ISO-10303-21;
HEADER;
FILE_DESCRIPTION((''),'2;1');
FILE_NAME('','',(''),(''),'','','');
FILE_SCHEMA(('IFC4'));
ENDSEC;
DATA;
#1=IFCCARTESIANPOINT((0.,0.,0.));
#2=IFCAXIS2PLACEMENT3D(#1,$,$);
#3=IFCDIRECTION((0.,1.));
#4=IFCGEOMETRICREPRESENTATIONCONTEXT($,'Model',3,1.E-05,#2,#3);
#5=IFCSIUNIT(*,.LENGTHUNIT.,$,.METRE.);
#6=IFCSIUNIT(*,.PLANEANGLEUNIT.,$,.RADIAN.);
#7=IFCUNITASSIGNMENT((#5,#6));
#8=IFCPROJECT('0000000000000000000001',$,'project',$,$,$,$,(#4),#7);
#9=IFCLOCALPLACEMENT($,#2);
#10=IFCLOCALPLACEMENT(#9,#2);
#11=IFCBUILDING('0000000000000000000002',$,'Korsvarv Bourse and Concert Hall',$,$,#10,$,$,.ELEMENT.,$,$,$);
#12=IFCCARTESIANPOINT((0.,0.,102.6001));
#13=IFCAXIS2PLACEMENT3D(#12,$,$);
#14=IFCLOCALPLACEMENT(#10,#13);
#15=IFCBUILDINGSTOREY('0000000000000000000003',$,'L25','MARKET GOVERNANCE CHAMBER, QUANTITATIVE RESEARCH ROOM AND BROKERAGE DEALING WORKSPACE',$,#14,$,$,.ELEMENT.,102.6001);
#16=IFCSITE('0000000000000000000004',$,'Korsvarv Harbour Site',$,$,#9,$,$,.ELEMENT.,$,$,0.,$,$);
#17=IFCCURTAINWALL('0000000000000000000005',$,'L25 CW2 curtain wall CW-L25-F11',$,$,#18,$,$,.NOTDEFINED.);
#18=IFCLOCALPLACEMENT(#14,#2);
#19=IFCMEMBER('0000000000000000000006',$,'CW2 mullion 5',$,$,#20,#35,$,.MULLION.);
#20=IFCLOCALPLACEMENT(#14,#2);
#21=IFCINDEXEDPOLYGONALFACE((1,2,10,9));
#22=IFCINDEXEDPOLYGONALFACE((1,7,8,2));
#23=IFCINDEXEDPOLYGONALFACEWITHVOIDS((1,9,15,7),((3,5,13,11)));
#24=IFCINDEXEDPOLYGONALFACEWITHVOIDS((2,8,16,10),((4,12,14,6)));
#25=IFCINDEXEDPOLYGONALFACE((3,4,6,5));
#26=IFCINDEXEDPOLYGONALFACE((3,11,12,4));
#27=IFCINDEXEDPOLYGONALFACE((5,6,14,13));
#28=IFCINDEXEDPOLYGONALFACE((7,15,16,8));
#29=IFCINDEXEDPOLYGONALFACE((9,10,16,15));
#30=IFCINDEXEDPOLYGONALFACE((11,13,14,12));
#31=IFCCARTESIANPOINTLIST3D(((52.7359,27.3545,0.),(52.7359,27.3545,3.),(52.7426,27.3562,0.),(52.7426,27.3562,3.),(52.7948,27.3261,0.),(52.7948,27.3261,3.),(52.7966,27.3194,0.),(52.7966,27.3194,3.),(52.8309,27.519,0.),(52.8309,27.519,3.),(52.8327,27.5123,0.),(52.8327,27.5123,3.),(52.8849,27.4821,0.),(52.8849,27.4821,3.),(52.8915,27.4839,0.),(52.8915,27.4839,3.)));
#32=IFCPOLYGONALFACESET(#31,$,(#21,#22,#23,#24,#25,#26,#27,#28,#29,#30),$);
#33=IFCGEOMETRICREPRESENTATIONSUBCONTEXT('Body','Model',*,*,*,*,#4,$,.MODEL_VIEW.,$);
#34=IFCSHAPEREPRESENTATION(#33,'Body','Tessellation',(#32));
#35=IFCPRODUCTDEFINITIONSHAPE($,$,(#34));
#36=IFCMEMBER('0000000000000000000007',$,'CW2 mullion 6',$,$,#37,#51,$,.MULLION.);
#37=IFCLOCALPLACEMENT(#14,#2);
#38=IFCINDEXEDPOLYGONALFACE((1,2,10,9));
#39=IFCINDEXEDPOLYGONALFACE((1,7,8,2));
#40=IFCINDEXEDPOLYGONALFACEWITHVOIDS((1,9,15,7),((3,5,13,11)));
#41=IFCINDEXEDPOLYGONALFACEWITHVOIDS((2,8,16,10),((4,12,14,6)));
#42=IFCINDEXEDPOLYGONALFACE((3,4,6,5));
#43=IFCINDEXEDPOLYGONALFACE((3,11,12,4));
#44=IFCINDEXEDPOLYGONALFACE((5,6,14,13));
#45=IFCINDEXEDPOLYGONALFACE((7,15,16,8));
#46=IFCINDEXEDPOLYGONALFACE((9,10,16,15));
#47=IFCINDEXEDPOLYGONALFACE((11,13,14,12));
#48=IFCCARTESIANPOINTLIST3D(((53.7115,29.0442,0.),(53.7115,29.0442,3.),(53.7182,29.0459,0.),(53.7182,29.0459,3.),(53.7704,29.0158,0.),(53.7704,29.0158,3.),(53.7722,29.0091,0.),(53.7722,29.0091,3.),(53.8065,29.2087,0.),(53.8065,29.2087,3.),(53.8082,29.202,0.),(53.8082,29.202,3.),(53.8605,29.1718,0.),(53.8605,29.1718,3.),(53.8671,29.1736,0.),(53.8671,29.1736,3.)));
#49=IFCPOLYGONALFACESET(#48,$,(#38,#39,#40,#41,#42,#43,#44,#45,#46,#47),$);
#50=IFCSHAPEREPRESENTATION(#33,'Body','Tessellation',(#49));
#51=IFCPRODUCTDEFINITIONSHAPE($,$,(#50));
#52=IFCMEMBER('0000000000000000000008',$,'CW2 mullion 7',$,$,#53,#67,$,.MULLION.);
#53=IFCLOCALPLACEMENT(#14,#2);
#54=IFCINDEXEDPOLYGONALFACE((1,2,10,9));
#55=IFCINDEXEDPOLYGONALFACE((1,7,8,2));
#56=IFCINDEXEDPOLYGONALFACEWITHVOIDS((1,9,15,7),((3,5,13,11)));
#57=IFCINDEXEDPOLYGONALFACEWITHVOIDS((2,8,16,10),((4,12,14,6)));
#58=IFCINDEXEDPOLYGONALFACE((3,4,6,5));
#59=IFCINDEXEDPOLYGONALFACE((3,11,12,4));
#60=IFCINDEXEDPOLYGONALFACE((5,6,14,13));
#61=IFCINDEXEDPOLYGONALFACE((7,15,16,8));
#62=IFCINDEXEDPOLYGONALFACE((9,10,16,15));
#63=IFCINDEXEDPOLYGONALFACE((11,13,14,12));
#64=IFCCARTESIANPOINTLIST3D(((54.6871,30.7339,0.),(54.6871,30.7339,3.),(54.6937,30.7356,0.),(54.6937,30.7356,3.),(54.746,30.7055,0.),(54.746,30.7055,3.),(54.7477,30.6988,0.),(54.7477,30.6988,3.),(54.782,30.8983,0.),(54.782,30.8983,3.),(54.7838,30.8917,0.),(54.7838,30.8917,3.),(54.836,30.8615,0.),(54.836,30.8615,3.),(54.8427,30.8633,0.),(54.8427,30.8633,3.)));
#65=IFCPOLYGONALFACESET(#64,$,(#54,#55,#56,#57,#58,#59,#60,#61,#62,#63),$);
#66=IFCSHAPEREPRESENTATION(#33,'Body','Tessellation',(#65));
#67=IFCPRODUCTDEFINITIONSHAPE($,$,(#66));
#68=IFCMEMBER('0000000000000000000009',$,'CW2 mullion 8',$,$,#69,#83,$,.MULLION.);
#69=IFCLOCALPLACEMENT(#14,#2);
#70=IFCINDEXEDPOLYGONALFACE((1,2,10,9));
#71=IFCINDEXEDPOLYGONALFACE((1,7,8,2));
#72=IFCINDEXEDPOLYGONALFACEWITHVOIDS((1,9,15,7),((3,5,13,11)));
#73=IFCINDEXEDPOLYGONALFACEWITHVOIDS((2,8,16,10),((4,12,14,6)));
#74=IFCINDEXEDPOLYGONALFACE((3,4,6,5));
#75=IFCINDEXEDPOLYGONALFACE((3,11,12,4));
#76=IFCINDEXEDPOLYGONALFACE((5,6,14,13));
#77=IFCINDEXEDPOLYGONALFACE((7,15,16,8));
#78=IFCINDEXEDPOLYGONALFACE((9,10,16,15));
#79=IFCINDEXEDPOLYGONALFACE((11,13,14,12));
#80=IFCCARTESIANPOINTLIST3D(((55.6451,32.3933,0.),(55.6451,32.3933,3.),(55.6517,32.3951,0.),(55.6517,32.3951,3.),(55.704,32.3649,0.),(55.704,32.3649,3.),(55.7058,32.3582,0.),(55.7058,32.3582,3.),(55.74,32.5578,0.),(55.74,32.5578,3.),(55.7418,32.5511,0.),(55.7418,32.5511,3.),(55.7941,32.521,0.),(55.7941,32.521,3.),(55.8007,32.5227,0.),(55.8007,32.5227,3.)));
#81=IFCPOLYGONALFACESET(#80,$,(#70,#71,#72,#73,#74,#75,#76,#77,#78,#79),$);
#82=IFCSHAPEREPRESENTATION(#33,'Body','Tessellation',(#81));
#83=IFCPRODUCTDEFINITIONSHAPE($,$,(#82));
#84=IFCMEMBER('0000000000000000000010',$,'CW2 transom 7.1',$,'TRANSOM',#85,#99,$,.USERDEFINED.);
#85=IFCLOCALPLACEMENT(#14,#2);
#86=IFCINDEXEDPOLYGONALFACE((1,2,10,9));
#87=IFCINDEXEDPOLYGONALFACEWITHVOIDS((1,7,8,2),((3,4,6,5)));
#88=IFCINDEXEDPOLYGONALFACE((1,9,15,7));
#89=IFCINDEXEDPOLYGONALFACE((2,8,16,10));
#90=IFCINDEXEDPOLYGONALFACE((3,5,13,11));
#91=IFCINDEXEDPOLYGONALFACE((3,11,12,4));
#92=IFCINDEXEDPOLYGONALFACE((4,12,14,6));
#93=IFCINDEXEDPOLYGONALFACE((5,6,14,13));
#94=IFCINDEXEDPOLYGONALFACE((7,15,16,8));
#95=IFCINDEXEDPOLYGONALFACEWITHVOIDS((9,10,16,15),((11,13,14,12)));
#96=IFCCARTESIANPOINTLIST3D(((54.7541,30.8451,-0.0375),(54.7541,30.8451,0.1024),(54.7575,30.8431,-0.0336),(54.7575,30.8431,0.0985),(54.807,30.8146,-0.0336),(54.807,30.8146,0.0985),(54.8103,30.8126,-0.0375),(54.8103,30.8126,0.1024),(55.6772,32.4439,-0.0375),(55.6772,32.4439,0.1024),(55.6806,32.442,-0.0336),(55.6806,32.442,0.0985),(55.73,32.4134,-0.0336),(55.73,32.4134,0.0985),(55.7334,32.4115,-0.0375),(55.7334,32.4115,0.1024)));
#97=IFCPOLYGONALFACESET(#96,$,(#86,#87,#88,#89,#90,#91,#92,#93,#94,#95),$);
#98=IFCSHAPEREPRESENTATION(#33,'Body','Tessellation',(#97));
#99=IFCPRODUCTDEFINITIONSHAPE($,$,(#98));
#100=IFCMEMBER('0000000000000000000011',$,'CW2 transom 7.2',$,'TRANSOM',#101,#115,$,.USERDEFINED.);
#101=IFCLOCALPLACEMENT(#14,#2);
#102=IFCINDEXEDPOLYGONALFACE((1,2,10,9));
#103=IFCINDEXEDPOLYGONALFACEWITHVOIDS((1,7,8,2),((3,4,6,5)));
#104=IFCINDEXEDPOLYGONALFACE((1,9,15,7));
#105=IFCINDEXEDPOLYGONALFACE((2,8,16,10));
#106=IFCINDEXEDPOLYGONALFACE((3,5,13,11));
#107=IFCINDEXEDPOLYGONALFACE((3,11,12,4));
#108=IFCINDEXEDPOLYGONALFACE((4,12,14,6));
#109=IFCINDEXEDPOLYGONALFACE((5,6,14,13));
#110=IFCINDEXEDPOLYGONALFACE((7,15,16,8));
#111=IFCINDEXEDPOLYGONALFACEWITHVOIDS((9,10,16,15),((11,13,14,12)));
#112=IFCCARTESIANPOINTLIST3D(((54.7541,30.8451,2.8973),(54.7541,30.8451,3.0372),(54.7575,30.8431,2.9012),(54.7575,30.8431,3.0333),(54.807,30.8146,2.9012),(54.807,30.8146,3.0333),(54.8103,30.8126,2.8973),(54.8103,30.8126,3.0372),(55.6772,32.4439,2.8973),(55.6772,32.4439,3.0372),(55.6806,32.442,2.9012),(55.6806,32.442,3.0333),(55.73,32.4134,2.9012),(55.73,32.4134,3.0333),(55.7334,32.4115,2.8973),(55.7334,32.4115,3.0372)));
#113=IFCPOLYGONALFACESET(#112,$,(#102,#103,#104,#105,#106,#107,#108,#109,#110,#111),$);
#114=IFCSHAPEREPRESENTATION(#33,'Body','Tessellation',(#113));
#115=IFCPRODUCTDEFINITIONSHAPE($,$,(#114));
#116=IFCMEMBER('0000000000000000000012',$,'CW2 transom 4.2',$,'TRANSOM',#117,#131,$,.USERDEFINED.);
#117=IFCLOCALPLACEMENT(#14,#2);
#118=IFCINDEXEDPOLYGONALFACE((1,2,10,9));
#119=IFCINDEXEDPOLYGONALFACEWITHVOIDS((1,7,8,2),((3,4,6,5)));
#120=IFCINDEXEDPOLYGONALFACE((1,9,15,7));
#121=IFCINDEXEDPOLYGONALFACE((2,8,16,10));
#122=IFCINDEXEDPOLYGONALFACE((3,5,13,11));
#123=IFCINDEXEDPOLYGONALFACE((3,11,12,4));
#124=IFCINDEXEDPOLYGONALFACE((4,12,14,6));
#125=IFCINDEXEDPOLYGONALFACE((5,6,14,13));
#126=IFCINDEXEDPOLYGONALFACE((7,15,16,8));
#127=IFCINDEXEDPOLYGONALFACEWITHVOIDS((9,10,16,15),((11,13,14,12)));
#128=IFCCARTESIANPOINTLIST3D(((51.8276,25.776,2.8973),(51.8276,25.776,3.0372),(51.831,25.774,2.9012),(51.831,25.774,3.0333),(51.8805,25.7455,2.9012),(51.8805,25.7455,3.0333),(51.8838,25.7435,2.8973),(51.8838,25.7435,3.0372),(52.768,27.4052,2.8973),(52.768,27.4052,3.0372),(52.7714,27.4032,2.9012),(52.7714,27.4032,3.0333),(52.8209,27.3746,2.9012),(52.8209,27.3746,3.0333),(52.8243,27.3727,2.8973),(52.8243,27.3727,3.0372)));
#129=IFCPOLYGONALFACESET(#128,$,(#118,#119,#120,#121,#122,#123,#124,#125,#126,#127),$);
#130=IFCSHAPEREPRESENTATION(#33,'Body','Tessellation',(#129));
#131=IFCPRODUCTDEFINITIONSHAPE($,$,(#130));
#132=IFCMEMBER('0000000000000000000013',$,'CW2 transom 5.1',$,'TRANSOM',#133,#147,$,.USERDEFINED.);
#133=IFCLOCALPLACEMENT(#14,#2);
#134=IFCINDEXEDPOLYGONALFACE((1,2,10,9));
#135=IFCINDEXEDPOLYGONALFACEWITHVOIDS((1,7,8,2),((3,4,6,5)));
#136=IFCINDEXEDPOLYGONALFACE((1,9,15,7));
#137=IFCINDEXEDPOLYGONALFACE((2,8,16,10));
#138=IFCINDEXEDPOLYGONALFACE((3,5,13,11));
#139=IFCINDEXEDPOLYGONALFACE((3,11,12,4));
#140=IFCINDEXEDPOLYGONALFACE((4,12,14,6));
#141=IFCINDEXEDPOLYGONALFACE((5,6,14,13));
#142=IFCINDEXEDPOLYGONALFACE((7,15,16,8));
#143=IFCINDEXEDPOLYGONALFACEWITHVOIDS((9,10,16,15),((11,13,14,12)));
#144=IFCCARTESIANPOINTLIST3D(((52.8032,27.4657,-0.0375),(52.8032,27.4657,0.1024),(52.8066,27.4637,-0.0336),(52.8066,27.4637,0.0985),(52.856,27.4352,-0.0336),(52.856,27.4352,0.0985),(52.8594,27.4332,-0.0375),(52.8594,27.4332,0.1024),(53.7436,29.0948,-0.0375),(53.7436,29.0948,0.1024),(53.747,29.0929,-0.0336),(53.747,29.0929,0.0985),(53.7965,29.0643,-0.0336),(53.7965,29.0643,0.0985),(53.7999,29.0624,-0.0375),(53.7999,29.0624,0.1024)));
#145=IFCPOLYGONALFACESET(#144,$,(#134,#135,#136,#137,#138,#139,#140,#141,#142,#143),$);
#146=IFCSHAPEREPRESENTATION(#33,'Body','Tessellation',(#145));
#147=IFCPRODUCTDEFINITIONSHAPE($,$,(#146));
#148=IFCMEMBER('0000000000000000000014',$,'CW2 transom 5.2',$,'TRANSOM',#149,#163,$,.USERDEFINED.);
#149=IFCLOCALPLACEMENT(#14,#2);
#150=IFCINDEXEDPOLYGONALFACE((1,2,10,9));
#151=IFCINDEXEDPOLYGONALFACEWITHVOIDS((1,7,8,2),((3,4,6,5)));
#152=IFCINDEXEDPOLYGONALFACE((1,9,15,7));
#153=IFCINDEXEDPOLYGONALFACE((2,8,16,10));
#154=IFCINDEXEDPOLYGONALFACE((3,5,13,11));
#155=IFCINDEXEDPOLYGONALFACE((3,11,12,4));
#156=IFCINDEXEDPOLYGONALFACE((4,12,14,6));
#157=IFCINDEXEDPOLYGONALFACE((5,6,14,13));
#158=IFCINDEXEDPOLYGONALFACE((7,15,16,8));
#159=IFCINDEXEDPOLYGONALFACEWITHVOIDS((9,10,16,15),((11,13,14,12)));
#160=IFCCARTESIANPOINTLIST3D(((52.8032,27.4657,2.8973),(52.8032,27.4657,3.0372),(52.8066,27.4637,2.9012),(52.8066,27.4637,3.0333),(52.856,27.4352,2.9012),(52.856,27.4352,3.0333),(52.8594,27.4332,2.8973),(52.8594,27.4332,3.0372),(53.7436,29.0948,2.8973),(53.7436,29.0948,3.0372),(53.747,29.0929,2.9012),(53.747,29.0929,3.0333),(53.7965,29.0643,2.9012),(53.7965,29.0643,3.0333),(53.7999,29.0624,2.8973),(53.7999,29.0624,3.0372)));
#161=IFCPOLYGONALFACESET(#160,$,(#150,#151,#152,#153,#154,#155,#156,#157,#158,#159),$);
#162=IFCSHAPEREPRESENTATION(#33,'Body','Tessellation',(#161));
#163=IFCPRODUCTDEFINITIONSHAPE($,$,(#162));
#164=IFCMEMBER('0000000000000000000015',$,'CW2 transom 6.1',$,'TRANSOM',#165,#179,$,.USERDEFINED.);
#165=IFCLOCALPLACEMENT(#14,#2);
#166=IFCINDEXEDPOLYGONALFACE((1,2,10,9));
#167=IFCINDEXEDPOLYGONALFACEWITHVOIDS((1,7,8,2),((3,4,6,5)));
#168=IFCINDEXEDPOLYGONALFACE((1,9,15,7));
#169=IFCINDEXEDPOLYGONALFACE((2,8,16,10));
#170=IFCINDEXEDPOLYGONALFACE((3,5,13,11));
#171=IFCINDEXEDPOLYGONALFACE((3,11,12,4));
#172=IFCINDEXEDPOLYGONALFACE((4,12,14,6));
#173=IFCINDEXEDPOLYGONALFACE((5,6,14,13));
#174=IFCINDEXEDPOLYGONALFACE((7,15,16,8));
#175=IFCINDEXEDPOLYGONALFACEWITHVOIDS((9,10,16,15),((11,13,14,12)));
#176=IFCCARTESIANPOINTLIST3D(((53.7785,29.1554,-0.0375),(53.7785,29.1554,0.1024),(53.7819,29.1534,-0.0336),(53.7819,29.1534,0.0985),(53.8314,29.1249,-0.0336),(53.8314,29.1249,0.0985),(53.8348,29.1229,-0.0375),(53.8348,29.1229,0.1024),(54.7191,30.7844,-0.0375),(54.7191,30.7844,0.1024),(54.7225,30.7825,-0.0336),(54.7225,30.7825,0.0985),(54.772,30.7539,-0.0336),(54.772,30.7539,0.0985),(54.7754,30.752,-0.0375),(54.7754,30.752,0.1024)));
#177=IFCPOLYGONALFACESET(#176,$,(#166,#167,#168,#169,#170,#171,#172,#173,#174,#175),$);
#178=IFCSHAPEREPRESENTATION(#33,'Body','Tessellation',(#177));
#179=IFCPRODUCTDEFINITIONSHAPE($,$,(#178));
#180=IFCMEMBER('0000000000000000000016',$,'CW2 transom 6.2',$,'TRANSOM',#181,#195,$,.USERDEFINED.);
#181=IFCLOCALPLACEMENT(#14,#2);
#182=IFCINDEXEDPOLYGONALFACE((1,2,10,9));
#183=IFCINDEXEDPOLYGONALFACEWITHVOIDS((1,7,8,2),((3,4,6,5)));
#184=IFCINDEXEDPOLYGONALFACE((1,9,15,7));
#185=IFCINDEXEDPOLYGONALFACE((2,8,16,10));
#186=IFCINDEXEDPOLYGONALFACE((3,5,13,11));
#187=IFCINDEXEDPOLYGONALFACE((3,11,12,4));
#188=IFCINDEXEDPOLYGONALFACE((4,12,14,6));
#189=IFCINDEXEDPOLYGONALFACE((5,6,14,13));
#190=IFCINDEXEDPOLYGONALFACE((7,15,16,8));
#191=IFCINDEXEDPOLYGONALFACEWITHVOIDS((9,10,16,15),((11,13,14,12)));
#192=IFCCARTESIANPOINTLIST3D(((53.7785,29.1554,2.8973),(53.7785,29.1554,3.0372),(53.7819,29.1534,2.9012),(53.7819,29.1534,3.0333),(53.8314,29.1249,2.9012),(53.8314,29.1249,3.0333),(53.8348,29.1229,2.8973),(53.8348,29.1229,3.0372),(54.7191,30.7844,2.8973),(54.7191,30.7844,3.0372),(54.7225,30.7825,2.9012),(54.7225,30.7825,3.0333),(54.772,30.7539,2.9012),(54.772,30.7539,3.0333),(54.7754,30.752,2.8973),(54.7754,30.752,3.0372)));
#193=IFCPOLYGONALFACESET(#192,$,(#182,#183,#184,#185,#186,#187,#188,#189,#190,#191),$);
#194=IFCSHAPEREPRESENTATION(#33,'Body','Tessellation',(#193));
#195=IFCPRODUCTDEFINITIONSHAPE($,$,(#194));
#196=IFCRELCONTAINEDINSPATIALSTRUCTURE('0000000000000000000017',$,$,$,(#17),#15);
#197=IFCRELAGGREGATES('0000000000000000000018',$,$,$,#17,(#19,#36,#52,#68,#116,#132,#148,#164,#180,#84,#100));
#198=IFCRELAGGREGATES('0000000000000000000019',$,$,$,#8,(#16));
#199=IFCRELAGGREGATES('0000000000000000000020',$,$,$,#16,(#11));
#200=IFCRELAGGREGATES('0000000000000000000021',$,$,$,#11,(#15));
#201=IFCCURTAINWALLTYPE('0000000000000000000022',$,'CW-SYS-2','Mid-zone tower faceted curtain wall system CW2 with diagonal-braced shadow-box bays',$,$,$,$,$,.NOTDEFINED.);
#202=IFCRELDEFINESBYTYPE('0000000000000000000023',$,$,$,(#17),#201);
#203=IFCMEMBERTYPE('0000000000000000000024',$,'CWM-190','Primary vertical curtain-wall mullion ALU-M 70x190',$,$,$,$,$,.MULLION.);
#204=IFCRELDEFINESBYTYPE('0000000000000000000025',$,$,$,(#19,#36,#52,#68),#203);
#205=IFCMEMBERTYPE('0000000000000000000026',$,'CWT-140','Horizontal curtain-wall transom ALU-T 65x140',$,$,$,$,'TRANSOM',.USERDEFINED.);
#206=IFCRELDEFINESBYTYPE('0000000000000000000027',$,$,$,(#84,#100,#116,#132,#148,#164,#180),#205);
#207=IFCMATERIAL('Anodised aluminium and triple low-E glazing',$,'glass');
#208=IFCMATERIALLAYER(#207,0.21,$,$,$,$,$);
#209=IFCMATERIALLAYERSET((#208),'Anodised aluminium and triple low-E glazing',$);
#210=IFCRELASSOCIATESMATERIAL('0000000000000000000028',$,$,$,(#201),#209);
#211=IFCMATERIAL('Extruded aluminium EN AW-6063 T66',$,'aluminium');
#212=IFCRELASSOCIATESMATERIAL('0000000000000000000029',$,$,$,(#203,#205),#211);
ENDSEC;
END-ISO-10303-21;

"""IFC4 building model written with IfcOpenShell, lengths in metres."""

from ifc_helpers import new_model, si_unit, direction, frame, origin, origin_2d, place, context, subcontext, project, spatial, hollow_rectangle, extrude, source, transform, mapped, material, layer, layer_set, material_profile, profile_set, type_object, element, aggregate, save


model = new_model("IFC4")

# Units and contexts
model_context = context("Model", 3, precision=1e-05, world=origin(), true_north=direction((0.0, 1.0)))
body_context = subcontext(model_context, "Body", "Model", "MODEL_VIEW")
ifc_project = project(units=[si_unit("LENGTHUNIT", "METRE"), si_unit("PLANEANGLEUNIT", "RADIAN")], contexts=[model_context])

# Site, building, storey
site_placement = place(None, origin())
site = spatial("IfcSite", under=ifc_project, at=site_placement, Name="Korsvarv Harbour Site", CompositionType="ELEMENT", RefElevation=0.0)
building_placement = place(site_placement, origin())
building = spatial("IfcBuilding", under=site, at=building_placement, Name="Korsvarv Bourse and Concert Hall", CompositionType="ELEMENT")
storey_placement = place(building_placement, frame((0.0, 0.0, 102.6001)))
storey = spatial("IfcBuildingStorey", under=building, at=storey_placement, Name="L25", Description="MARKET GOVERNANCE CHAMBER, QUANTITATIVE RESEARCH ROOM AND BROKERAGE DEALING WORKSPACE", CompositionType="ELEMENT", Elevation=102.6001)

# Curtain wall, members
ifc_material_1 = material(Name="Anodised aluminium and triple low-E glazing", Category="glass")
ifc_layer_1 = layer(ifc_material_1, 0.21)
ifc_layer_set_1 = layer_set([ifc_layer_1], Name="Anodised aluminium and triple low-E glazing")
curtain_wall_type = type_object("IfcCurtainWallType", Name="CW-SYS-2", Description="Mid-zone tower faceted curtain wall system CW2 with diagonal-braced shadow-box bays", PredefinedType="NOTDEFINED", material=ifc_layer_set_1)
curtain_wall_placement = place(storey_placement, origin())
curtain_wall = element("IfcCurtainWall", 1, at=curtain_wall_placement, inside=storey, type_object=curtain_wall_type, Name="L25 CW2 curtain wall CW-L25-F11", PredefinedType="NOTDEFINED")
ifc_material_2 = material(Name="Extruded aluminium EN AW-6063 T66", Category="aluminium")
ifc_material_profile_1 = material_profile(ifc_material_2, hollow_rectangle(XDim=0.0701, YDim=0.1899, WallThickness=0.0049, at=origin_2d()), Name="ALU-M 70x190")
ifc_profile_set_1 = profile_set([ifc_material_profile_1], Name="Extruded aluminium EN AW-6063 T66")
member_type_1 = type_object("IfcMemberType", Name="CWM-190", Description="Primary vertical curtain-wall mullion ALU-M 70x190", PredefinedType="MULLION", material=ifc_profile_set_1)
shared_shape_1 = source(origin(), body_context, "Body", "SweptSolid", [
    extrude(hollow_rectangle(XDim=0.0701, YDim=0.1899, WallThickness=0.0049, at=origin_2d()), origin(), (0.0, 0.0, 1.0), 3.0),
])
member_1_placement = place(storey_placement, frame((52.8137, 27.4192, 0.0), z_axis=(0.0, 0.0, 1.0), x_axis=(-0.866024, 0.500002, 0.0)))
member_1 = element("IfcMember", 2, at=member_1_placement, type_object=member_type_1, Name="CW2 mullion 5", PredefinedType="MULLION", context=body_context, shape_type="MappedRepresentation", body=[
    mapped(shared_shape_1, transform((0.0, 0.0, 0.0), scale=1.0)),
])
member_2_placement = place(storey_placement, frame((53.7893, 29.1089, 0.0), z_axis=(0.0, 0.0, 1.0), x_axis=(-0.866024, 0.500002, 0.0)))
member_2 = element("IfcMember", 3, at=member_2_placement, type_object=member_type_1, Name="CW2 mullion 6", PredefinedType="MULLION", context=body_context, shape_type="MappedRepresentation", body=[
    mapped(shared_shape_1, transform((0.0, 0.0, 0.0), scale=1.0)),
])
member_3_placement = place(storey_placement, frame((54.7649, 30.7986, 0.0), z_axis=(0.0, 0.0, 1.0), x_axis=(-0.866024, 0.500002, 0.0)))
member_3 = element("IfcMember", 4, at=member_3_placement, type_object=member_type_1, Name="CW2 mullion 7", PredefinedType="MULLION", context=body_context, shape_type="MappedRepresentation", body=[
    mapped(shared_shape_1, transform((0.0, 0.0, 0.0), scale=1.0)),
])
member_4_placement = place(storey_placement, frame((55.7229, 32.458, 0.0), z_axis=(0.0, 0.0, 1.0), x_axis=(-0.866024, 0.500002, 0.0)))
member_4 = element("IfcMember", 5, at=member_4_placement, type_object=member_type_1, Name="CW2 mullion 8", PredefinedType="MULLION", context=body_context, shape_type="MappedRepresentation", body=[
    mapped(shared_shape_1, transform((0.0, 0.0, 0.0), scale=1.0)),
])
ifc_material_profile_2 = material_profile(ifc_material_2, hollow_rectangle(XDim=0.0649, YDim=0.1399, WallThickness=0.0039, at=origin_2d()), Name="ALU-T 65x140")
ifc_profile_set_2 = profile_set([ifc_material_profile_2], Name="Extruded aluminium EN AW-6063 T66")
member_type_2 = type_object("IfcMemberType", Name="CWT-140", Description="Horizontal curtain-wall transom ALU-T 65x140", ElementType="TRANSOM", PredefinedType="USERDEFINED", material=ifc_profile_set_2)
shared_shape_2 = source(origin(), body_context, "Body", "SweptSolid", [
    extrude(hollow_rectangle(XDim=0.0649, YDim=0.1399, WallThickness=0.0039, at=origin_2d()), origin(), (0.0, 0.0, 1.0), 1.8462),
])
member_5_placement = place(storey_placement, frame((54.7822, 30.8289, 0.0325), z_axis=(0.499993, 0.866029, 0.0), x_axis=(-0.866029, 0.499993, 0.0)))
member_5 = element("IfcMember", 6, at=member_5_placement, type_object=member_type_2, Name="CW2 transom 7.1", ObjectType="TRANSOM", PredefinedType="USERDEFINED", context=body_context, shape_type="MappedRepresentation", body=[
    mapped(shared_shape_2, transform((0.0, 0.0, 0.0), scale=1.0)),
])
member_6_placement = place(storey_placement, frame((54.7822, 30.8289, 2.9673), z_axis=(0.499993, 0.866029, 0.0), x_axis=(-0.866029, 0.499993, 0.0)))
member_6 = element("IfcMember", 7, at=member_6_placement, type_object=member_type_2, Name="CW2 transom 7.2", ObjectType="TRANSOM", PredefinedType="USERDEFINED", context=body_context, shape_type="MappedRepresentation", body=[
    mapped(shared_shape_2, transform((0.0, 0.0, 0.0), scale=1.0)),
])
shared_shape_3 = source(origin(), body_context, "Body", "SweptSolid", [
    extrude(hollow_rectangle(XDim=0.0649, YDim=0.1399, WallThickness=0.0039, at=origin_2d()), origin(), (0.0, 0.0, 1.0), 1.8811),
])
member_7_placement = place(storey_placement, frame((51.8557, 25.7598, 2.9673), z_axis=(0.499936, 0.866062, 0.0), x_axis=(-0.866062, 0.499936, 0.0)))
member_7 = element("IfcMember", 8, at=member_7_placement, type_object=member_type_2, Name="CW2 transom 4.2", ObjectType="TRANSOM", PredefinedType="USERDEFINED", context=body_context, shape_type="MappedRepresentation", body=[
    mapped(shared_shape_3, transform((0.0, 0.0, 0.0), scale=1.0)),
])
member_8_placement = place(storey_placement, frame((52.8313, 27.4495, 0.0325), z_axis=(0.499936, 0.866062, 0.0), x_axis=(-0.866062, 0.499936, 0.0)))
member_8 = element("IfcMember", 9, at=member_8_placement, type_object=member_type_2, Name="CW2 transom 5.1", ObjectType="TRANSOM", PredefinedType="USERDEFINED", context=body_context, shape_type="MappedRepresentation", body=[
    mapped(shared_shape_3, transform((0.0, 0.0, 0.0), scale=1.0)),
])
member_9_placement = place(storey_placement, frame((52.8313, 27.4495, 2.9673), z_axis=(0.499936, 0.866062, 0.0), x_axis=(-0.866062, 0.499936, 0.0)))
member_9 = element("IfcMember", 10, at=member_9_placement, type_object=member_type_2, Name="CW2 transom 5.2", ObjectType="TRANSOM", PredefinedType="USERDEFINED", context=body_context, shape_type="MappedRepresentation", body=[
    mapped(shared_shape_3, transform((0.0, 0.0, 0.0), scale=1.0)),
])
member_10_placement = place(storey_placement, frame((53.8066, 29.1392, 0.0325), z_axis=(0.500033, 0.866006, 0.0), x_axis=(-0.866006, 0.500033, 0.0)))
member_10 = element("IfcMember", 11, at=member_10_placement, type_object=member_type_2, Name="CW2 transom 6.1", ObjectType="TRANSOM", PredefinedType="USERDEFINED", context=body_context, shape_type="MappedRepresentation", body=[
    mapped(shared_shape_3, transform((0.0, 0.0, 0.0), scale=1.0)),
])
member_11_placement = place(storey_placement, frame((53.8066, 29.1392, 2.9673), z_axis=(0.500033, 0.866006, 0.0), x_axis=(-0.866006, 0.500033, 0.0)))
member_11 = element("IfcMember", 12, at=member_11_placement, type_object=member_type_2, Name="CW2 transom 6.2", ObjectType="TRANSOM", PredefinedType="USERDEFINED", context=body_context, shape_type="MappedRepresentation", body=[
    mapped(shared_shape_3, transform((0.0, 0.0, 0.0), scale=1.0)),
])
aggregate(curtain_wall, [member_1, member_2, member_3, member_4, member_7, member_8, member_9, member_10, member_11, member_5, member_6])

save(model, "model.ifc")
